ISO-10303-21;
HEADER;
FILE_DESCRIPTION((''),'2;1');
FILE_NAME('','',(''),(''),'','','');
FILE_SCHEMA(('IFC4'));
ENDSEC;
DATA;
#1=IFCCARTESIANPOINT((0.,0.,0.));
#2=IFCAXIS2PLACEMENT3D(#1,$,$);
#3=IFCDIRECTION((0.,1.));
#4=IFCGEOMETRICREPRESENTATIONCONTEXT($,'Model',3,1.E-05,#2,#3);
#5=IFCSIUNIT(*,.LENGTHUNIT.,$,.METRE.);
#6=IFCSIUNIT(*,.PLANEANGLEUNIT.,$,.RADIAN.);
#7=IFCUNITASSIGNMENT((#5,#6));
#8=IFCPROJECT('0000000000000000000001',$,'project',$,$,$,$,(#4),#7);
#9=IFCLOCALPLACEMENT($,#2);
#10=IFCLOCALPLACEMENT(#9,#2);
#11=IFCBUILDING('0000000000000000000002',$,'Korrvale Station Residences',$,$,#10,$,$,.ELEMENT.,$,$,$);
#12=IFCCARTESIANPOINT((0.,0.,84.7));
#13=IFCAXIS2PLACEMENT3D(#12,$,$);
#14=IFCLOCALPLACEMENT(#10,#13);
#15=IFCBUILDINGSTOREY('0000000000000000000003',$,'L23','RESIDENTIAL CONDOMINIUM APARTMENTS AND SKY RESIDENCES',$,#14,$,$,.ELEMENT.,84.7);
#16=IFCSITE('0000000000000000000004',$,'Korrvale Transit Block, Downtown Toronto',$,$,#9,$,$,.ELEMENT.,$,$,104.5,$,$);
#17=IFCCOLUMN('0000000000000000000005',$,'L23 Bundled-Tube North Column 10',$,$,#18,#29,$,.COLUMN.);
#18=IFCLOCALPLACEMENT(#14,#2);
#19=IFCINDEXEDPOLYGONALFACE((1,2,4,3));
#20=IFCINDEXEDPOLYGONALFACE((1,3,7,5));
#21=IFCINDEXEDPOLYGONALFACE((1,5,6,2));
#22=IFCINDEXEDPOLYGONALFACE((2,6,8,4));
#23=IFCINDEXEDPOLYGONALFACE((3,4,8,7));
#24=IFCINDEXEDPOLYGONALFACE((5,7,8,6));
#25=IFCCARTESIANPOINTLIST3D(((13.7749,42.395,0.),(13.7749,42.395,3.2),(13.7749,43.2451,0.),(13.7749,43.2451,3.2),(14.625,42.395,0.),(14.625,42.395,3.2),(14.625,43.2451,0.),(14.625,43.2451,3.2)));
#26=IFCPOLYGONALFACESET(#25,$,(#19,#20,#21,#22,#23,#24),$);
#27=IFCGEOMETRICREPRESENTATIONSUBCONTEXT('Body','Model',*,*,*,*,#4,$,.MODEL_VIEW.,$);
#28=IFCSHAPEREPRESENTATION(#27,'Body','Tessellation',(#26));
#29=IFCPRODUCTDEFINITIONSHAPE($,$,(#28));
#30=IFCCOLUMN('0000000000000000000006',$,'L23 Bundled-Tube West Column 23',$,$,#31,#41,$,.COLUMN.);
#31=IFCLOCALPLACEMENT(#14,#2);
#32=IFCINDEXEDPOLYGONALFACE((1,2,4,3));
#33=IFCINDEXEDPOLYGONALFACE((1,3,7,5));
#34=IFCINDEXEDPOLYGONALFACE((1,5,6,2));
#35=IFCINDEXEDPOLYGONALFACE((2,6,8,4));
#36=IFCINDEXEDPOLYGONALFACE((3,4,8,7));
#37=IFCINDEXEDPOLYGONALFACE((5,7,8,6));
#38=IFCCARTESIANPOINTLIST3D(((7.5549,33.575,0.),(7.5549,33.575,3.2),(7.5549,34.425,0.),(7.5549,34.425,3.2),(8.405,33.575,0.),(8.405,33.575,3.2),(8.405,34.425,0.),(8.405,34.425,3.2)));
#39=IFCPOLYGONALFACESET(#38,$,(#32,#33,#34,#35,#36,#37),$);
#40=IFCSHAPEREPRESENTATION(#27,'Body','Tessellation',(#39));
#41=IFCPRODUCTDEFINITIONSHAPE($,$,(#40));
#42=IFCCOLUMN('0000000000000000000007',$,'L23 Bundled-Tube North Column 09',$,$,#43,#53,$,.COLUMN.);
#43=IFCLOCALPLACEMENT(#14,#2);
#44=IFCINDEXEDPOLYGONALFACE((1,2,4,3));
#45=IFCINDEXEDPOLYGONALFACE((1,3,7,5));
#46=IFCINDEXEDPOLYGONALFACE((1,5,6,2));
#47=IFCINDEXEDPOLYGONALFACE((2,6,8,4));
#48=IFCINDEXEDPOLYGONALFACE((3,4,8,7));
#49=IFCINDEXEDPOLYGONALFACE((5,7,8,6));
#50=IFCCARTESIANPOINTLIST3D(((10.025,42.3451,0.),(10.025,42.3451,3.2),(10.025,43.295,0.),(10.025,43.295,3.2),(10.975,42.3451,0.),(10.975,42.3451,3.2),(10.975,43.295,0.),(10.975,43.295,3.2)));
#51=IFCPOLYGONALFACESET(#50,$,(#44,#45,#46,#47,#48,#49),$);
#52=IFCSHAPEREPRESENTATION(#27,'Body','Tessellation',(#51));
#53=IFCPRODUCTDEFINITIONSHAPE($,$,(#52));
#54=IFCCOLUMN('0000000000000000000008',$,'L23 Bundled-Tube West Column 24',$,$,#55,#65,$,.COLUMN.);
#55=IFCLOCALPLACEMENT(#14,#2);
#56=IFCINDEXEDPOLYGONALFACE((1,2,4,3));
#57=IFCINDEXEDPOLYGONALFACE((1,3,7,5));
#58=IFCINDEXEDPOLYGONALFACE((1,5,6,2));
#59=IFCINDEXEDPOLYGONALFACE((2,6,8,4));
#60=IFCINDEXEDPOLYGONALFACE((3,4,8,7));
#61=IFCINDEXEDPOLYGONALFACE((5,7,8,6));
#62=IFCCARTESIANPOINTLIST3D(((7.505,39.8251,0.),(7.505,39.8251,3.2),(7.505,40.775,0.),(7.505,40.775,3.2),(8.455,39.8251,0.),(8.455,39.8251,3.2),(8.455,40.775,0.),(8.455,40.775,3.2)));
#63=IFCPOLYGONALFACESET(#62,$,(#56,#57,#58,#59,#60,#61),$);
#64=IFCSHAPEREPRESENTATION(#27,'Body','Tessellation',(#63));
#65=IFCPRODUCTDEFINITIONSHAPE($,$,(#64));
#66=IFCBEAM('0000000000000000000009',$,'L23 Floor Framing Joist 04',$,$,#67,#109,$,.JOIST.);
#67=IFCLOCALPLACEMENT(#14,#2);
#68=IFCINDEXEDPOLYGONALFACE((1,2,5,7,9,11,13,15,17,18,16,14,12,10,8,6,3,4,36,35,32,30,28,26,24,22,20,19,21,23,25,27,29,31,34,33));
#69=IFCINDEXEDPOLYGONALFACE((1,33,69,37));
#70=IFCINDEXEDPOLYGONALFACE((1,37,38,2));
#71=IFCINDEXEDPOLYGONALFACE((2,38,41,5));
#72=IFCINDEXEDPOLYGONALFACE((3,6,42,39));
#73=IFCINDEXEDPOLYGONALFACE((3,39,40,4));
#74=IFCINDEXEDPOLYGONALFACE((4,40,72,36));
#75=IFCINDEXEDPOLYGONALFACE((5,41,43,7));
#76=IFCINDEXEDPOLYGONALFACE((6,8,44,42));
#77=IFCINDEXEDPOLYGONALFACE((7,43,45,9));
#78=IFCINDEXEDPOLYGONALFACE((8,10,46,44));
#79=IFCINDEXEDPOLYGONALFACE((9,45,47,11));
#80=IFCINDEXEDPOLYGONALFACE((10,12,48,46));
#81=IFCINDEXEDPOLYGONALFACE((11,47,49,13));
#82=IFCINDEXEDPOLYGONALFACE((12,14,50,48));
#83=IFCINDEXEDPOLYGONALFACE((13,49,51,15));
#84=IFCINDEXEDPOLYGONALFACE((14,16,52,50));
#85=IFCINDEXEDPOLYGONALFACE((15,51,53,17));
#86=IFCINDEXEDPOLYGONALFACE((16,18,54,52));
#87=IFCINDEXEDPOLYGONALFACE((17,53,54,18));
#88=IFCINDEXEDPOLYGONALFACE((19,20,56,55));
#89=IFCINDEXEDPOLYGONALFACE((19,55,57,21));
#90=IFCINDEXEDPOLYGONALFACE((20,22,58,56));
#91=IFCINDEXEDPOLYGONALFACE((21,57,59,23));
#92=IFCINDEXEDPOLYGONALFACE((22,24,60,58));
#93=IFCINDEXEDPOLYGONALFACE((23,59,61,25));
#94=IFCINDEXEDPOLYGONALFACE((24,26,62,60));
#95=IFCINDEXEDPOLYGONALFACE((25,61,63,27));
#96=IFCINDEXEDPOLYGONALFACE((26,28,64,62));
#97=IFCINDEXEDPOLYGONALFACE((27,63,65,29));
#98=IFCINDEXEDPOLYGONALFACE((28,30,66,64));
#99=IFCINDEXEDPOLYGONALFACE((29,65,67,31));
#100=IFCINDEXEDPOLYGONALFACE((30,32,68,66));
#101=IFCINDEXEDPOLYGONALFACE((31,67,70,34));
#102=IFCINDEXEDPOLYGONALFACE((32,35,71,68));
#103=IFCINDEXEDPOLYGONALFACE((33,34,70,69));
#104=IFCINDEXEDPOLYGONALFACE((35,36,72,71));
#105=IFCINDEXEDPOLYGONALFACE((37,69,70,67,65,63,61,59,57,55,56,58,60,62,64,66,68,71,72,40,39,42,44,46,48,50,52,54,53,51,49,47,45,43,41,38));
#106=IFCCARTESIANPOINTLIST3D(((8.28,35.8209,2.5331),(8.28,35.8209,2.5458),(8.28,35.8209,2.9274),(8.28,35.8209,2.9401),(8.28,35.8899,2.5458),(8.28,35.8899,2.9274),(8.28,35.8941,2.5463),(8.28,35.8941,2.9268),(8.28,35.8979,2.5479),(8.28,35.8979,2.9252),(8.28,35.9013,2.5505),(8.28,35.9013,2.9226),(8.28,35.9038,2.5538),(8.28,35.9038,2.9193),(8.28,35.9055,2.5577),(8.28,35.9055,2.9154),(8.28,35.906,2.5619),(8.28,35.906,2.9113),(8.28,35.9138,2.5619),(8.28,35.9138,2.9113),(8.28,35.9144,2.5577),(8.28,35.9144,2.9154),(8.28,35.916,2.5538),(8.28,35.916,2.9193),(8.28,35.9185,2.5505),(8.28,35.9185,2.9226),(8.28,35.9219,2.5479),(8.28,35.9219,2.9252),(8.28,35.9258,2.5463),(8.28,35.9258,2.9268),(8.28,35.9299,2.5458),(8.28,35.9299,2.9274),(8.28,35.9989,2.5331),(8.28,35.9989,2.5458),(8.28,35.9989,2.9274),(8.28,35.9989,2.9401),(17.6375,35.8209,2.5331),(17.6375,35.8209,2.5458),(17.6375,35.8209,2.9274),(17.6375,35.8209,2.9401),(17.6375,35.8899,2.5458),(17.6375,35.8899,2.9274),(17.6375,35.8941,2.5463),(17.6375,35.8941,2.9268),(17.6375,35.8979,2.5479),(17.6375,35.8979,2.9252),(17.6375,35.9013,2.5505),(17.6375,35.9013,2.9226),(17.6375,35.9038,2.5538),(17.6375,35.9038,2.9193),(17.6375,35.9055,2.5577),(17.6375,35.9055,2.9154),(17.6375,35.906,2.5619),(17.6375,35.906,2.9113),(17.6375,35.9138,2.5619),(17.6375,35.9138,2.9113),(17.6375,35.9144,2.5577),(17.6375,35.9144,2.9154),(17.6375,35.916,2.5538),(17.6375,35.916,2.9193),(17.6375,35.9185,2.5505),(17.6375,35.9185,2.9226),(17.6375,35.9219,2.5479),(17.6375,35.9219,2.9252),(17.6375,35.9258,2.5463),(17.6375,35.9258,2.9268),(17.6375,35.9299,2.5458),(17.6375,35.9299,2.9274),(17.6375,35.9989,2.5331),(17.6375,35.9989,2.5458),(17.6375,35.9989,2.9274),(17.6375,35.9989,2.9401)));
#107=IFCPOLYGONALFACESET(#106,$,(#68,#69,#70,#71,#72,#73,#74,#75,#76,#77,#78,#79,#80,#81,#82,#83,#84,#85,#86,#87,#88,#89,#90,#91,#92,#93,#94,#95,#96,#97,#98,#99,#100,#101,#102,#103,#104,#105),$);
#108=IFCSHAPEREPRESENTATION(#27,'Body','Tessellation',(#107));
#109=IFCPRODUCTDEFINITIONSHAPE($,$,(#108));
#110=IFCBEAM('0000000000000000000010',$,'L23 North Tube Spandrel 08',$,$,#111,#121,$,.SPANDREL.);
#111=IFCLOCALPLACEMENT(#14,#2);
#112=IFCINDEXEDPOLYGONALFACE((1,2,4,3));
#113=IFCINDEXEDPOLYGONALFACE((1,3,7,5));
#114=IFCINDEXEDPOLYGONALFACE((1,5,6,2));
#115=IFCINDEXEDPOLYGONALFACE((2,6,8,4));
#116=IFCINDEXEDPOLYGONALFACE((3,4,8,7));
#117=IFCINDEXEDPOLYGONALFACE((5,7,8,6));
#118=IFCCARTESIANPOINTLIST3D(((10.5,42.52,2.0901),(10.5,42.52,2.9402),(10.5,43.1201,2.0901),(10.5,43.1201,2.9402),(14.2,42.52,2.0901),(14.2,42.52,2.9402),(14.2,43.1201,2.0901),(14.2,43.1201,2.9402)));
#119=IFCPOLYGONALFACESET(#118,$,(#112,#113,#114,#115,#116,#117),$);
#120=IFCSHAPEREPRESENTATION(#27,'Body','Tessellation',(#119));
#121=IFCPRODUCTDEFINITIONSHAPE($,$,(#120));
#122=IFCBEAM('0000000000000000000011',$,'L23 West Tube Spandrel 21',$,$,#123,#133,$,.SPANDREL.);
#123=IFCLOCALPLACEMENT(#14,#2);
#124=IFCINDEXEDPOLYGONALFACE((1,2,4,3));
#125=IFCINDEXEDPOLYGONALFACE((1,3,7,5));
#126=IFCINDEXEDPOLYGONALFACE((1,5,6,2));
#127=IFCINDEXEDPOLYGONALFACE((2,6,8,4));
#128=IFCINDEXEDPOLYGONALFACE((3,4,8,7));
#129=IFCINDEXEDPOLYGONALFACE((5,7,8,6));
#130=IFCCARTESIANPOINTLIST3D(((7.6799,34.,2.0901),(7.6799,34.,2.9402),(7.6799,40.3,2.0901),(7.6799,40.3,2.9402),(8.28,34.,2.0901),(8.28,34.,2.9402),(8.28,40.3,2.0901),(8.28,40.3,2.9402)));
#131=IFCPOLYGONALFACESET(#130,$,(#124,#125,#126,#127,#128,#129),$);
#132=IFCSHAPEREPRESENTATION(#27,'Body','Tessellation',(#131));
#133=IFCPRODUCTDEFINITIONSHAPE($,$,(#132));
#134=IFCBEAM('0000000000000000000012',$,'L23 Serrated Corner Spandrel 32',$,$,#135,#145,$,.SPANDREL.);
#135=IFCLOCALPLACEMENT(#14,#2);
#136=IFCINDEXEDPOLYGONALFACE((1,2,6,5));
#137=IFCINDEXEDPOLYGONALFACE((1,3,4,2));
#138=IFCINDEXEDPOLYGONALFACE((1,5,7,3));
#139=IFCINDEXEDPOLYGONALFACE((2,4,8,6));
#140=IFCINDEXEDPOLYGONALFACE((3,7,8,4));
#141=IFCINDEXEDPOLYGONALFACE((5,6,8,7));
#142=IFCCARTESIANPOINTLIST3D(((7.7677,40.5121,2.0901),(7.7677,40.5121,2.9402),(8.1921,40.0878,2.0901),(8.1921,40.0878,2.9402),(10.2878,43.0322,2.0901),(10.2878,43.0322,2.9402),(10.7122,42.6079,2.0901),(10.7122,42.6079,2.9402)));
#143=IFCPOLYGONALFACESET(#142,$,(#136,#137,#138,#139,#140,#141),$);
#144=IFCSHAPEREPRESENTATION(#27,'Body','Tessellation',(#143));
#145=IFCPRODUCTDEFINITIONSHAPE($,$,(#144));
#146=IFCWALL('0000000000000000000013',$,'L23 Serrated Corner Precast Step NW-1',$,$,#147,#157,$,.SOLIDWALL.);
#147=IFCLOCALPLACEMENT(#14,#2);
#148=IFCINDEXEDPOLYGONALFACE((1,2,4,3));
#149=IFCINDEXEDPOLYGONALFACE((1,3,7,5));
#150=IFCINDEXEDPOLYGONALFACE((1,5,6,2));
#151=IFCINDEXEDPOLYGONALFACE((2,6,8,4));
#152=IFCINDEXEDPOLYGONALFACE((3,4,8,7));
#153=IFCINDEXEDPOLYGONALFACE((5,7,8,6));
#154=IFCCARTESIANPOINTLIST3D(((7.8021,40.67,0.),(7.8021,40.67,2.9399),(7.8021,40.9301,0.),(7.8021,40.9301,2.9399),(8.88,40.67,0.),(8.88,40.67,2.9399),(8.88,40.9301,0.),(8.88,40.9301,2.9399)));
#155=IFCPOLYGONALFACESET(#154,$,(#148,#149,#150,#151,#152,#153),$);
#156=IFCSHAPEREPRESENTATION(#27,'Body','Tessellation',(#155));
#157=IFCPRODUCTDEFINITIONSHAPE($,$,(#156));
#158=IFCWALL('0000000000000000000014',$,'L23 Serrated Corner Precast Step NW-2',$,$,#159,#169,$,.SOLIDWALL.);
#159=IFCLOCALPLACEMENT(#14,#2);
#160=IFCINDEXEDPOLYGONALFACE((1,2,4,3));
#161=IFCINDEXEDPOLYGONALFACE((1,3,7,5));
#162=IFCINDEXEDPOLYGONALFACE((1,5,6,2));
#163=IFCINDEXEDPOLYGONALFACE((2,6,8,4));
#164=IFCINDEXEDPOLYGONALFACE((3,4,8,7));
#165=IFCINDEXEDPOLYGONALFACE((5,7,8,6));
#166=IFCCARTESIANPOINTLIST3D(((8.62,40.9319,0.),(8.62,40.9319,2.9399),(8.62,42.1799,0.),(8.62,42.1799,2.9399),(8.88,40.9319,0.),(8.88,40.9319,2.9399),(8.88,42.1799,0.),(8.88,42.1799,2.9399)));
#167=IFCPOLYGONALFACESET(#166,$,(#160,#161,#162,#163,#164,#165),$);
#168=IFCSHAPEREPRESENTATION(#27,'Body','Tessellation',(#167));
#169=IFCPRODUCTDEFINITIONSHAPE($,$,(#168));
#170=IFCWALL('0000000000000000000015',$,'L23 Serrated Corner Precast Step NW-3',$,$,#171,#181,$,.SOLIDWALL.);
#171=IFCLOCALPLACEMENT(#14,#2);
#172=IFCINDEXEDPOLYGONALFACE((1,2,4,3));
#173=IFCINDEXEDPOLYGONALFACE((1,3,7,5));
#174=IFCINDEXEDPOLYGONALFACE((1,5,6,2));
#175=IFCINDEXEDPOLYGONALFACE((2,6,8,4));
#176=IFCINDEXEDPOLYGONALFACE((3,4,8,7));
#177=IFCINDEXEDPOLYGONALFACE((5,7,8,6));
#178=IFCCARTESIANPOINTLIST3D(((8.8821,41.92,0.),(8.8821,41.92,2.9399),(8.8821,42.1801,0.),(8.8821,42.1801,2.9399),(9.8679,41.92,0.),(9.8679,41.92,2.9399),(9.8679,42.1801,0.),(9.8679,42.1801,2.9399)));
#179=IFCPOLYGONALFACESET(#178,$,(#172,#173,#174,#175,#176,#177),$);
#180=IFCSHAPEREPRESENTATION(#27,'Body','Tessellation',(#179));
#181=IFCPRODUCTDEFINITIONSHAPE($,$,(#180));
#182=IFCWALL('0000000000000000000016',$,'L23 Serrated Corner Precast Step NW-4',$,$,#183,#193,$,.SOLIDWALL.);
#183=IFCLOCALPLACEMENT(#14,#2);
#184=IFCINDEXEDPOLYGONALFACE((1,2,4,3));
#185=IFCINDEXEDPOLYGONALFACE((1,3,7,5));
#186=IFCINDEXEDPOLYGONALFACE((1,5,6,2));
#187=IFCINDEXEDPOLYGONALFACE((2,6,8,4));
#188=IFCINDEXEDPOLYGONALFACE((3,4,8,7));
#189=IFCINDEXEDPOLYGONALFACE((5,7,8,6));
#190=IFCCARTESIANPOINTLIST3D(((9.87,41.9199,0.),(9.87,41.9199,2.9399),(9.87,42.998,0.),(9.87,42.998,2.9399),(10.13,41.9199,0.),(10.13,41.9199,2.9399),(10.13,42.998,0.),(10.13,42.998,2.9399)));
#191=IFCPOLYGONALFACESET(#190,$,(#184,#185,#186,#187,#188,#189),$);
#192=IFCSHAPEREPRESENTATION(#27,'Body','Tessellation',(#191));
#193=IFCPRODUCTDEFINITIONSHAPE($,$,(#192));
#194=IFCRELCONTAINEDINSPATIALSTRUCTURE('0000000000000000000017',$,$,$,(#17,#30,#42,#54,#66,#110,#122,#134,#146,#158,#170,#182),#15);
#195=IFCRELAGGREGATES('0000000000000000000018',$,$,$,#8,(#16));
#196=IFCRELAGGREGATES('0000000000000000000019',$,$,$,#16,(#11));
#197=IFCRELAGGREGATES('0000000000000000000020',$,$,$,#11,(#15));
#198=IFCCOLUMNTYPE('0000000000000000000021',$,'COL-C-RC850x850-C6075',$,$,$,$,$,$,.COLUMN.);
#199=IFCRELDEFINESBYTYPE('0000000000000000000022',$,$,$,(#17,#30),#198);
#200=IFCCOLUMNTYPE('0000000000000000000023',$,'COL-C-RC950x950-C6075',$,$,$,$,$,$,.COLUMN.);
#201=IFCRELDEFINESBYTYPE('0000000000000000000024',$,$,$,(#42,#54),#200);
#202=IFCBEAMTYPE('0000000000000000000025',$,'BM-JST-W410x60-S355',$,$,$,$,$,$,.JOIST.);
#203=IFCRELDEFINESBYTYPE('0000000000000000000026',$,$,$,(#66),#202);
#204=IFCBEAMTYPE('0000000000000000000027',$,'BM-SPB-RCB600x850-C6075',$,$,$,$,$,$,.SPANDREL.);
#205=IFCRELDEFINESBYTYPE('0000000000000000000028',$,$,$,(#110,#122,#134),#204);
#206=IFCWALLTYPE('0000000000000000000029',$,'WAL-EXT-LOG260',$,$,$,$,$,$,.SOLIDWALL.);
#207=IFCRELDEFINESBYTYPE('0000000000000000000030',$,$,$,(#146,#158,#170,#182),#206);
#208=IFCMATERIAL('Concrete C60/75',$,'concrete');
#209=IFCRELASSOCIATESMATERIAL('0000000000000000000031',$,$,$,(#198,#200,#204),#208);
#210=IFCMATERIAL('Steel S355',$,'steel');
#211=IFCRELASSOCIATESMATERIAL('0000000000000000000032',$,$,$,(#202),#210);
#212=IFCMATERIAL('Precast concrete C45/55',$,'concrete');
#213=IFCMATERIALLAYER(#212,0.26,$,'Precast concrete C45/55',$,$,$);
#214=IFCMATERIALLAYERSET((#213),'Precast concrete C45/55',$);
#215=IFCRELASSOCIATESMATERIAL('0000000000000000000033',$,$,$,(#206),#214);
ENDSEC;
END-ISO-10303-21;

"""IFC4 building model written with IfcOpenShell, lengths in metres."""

from ifc_helpers import new_model, si_unit, direction, frame, frame_2d, origin, origin_2d, place, context, subcontext, project, spatial, rectangle, i_section, extrude, material, layer, layer_set, material_profile, profile_set, type_object, element, save


model = new_model("IFC4")

# Units and contexts
model_context = context("Model", 3, precision=1e-05, world=origin(), true_north=direction((0.0, 1.0)))
body_context = subcontext(model_context, "Body", "Model", "MODEL_VIEW")
ifc_project = project(units=[si_unit("LENGTHUNIT", "METRE"), si_unit("PLANEANGLEUNIT", "RADIAN")], contexts=[model_context])

# Site, building, storey
site_placement = place(None, origin())
site = spatial("IfcSite", under=ifc_project, at=site_placement, Name="Korrvale Transit Block, Downtown Toronto", CompositionType="ELEMENT", RefElevation=104.5)
building_placement = place(site_placement, origin())
building = spatial("IfcBuilding", under=site, at=building_placement, Name="Korrvale Station Residences", CompositionType="ELEMENT")
storey_placement = place(building_placement, frame((0.0, 0.0, 84.7)))
storey = spatial("IfcBuildingStorey", under=building, at=storey_placement, Name="L23", Description="RESIDENTIAL CONDOMINIUM APARTMENTS AND SKY RESIDENCES", CompositionType="ELEMENT", Elevation=84.7)

# Columns
ifc_material_1 = material(Name="Concrete C60/75", Category="concrete")
ifc_material_profile_1 = material_profile(ifc_material_1, rectangle(XDim=0.8501, YDim=0.8501, at=origin_2d()), Name="RC850x850")
ifc_profile_set_1 = profile_set([ifc_material_profile_1], Name="Concrete C60/75")
column_type_1 = type_object("IfcColumnType", Name="COL-C-RC850x850-C6075", PredefinedType="COLUMN", material=ifc_profile_set_1)
for number, where, z_axis, x_axis, name in (
    (1, (14.2, 42.8201, 0.0), (0.0, 0.0, 1.0), (1.0, 0.0, 0.0), "L23 Bundled-Tube North Column 10"),
    (2, (7.98, 34.0, 0.0), (0.0, 0.0, 1.0), (1.0, 0.0, 0.0), "L23 Bundled-Tube West Column 23"),
):
    element("IfcColumn", number, at=place(storey_placement, frame(where, z_axis=z_axis, x_axis=x_axis)), inside=storey, type_object=column_type_1, Name=name, PredefinedType="COLUMN", context=body_context, shape_type="SweptSolid", body=[
        extrude(rectangle(XDim=0.8501, YDim=0.8501, at=origin_2d()), origin(), (0.0, 0.0, 1.0), 3.2),
    ])
ifc_material_profile_2 = material_profile(ifc_material_1, rectangle(XDim=0.95, YDim=0.95, at=origin_2d()), Name="RC950x950")
ifc_profile_set_2 = profile_set([ifc_material_profile_2], Name="Concrete C60/75")
column_type_2 = type_object("IfcColumnType", Name="COL-C-RC950x950-C6075", PredefinedType="COLUMN", material=ifc_profile_set_2)
for number, where, z_axis, x_axis, name in (
    (3, (10.5, 42.8201, 0.0), (0.0, 0.0, 1.0), (1.0, 0.0, 0.0), "L23 Bundled-Tube North Column 09"),
    (4, (7.98, 40.3, 0.0), (0.0, 0.0, 1.0), (1.0, 0.0, 0.0), "L23 Bundled-Tube West Column 24"),
):
    element("IfcColumn", number, at=place(storey_placement, frame(where, z_axis=z_axis, x_axis=x_axis)), inside=storey, type_object=column_type_2, Name=name, PredefinedType="COLUMN", context=body_context, shape_type="SweptSolid", body=[
        extrude(rectangle(XDim=0.95, YDim=0.95, at=origin_2d()), origin(), (0.0, 0.0, 1.0), 3.2),
    ])

# Beams
ifc_material_2 = material(Name="Steel S355", Category="steel")
ifc_material_profile_3 = material_profile(ifc_material_2, i_section(OverallWidth=0.178, OverallDepth=0.407, WebThickness=0.0078, FlangeThickness=0.0127, FilletRadius=0.0161, at=origin_2d()), Name="W410x60")
ifc_profile_set_3 = profile_set([ifc_material_profile_3], Name="Steel S355")
beam_type_1 = type_object("IfcBeamType", Name="BM-JST-W410x60-S355", PredefinedType="JOIST", material=ifc_profile_set_3)
beam_1_placement = place(storey_placement, frame((8.28, 35.9099, 2.7366), z_axis=(1.0, 0.0, 0.0), x_axis=(0.0, 1.0, 0.0)))
element("IfcBeam", 5, at=beam_1_placement, inside=storey, type_object=beam_type_1, Name="L23 Floor Framing Joist 04", PredefinedType="JOIST", context=body_context, shape_type="SweptSolid", body=[
    extrude(i_section(OverallWidth=0.178, OverallDepth=0.407, WebThickness=0.0078, FlangeThickness=0.0127, FilletRadius=0.0161, at=origin_2d()), origin(), (0.0, 0.0, 1.0), 9.3574),
])
ifc_material_profile_4 = material_profile(ifc_material_1, rectangle(XDim=0.6001, YDim=0.8501, at=origin_2d()), Name="RCB600x850")
ifc_profile_set_4 = profile_set([ifc_material_profile_4], Name="Concrete C60/75")
beam_type_2 = type_object("IfcBeamType", Name="BM-SPB-RCB600x850-C6075", PredefinedType="SPANDREL", material=ifc_profile_set_4)
beam_2_placement = place(storey_placement, frame((10.5, 42.8201, 2.5151), z_axis=(1.0, 0.0, 0.0), x_axis=(0.0, 1.0, 0.0)))
element("IfcBeam", 6, at=beam_2_placement, inside=storey, type_object=beam_type_2, Name="L23 North Tube Spandrel 08", PredefinedType="SPANDREL", context=body_context, shape_type="SweptSolid", body=[
    extrude(rectangle(XDim=0.6001, YDim=0.8501, at=origin_2d()), origin(), (0.0, 0.0, 1.0), 3.7),
])
beam_3_placement = place(storey_placement, frame((7.98, 34.0, 2.5151), z_axis=(0.0, 1.0, 0.0), x_axis=(-1.0, 0.0, 0.0)))
element("IfcBeam", 7, at=beam_3_placement, inside=storey, type_object=beam_type_2, Name="L23 West Tube Spandrel 21", PredefinedType="SPANDREL", context=body_context, shape_type="SweptSolid", body=[
    extrude(rectangle(XDim=0.6001, YDim=0.8501, at=origin_2d()), origin(), (0.0, 0.0, 1.0), 6.3),
])
beam_4_placement = place(storey_placement, frame((10.5, 42.8201, 2.5151), z_axis=(-0.707107, -0.707107, 0.0), x_axis=(0.707107, -0.707107, 0.0)))
element("IfcBeam", 8, at=beam_4_placement, inside=storey, type_object=beam_type_2, Name="L23 Serrated Corner Spandrel 32", PredefinedType="SPANDREL", context=body_context, shape_type="SweptSolid", body=[
    extrude(rectangle(XDim=0.6001, YDim=0.8501, at=origin_2d()), origin(), (0.0, 0.0, 1.0), 3.564),
])

# Walls
ifc_material_3 = material(Name="Precast concrete C45/55", Category="concrete")
ifc_layer_1 = layer(ifc_material_3, 0.26, Name="Precast concrete C45/55")
ifc_layer_set_1 = layer_set([ifc_layer_1], Name="Precast concrete C45/55")
wall_type_1 = type_object("IfcWallType", Name="WAL-EXT-LOG260", PredefinedType="SOLIDWALL", material=ifc_layer_set_1)
wall_1_placement = place(storey_placement, frame((7.802, 40.8, 0.0), z_axis=(0.0, 0.0, 1.0), x_axis=(1.0, 0.0, 0.0)))
element("IfcWall", 9, at=wall_1_placement, inside=storey, type_object=wall_type_1, Name="L23 Serrated Corner Precast Step NW-1", PredefinedType="SOLIDWALL", context=body_context, shape_type="SweptSolid", body=[
    extrude(rectangle(XDim=1.0779, YDim=0.26, at=frame_2d((0.5391, 0.0))), origin(), (0.0, 0.0, 1.0), 2.9399),
])
wall_2_placement = place(storey_placement, frame((8.75, 40.9319, 0.0), z_axis=(0.0, 0.0, 1.0), x_axis=(0.0, 1.0, 0.0)))
element("IfcWall", 10, at=wall_2_placement, inside=storey, type_object=wall_type_1, Name="L23 Serrated Corner Precast Step NW-2", PredefinedType="SOLIDWALL", context=body_context, shape_type="SweptSolid", body=[
    extrude(rectangle(XDim=1.248, YDim=0.26, at=frame_2d((0.624, 0.0))), origin(), (0.0, 0.0, 1.0), 2.9399),
])
wall_3_placement = place(storey_placement, frame((8.8821, 42.05, 0.0), z_axis=(0.0, 0.0, 1.0), x_axis=(1.0, 0.0, 0.0)))
element("IfcWall", 11, at=wall_3_placement, inside=storey, type_object=wall_type_1, Name="L23 Serrated Corner Precast Step NW-3", PredefinedType="SOLIDWALL", context=body_context, shape_type="SweptSolid", body=[
    extrude(rectangle(XDim=0.9858, YDim=0.26, at=frame_2d((0.4929, 0.0))), origin(), (0.0, 0.0, 1.0), 2.9399),
])
wall_4_placement = place(storey_placement, frame((10.0, 41.9199, 0.0), z_axis=(0.0, 0.0, 1.0), x_axis=(0.0, 1.0, 0.0)))
element("IfcWall", 12, at=wall_4_placement, inside=storey, type_object=wall_type_1, Name="L23 Serrated Corner Precast Step NW-4", PredefinedType="SOLIDWALL", context=body_context, shape_type="SweptSolid", body=[
    extrude(rectangle(XDim=1.0781, YDim=0.26, at=frame_2d((0.5391, 0.0))), origin(), (0.0, 0.0, 1.0), 2.9399),
])

save(model, "model.ifc")
